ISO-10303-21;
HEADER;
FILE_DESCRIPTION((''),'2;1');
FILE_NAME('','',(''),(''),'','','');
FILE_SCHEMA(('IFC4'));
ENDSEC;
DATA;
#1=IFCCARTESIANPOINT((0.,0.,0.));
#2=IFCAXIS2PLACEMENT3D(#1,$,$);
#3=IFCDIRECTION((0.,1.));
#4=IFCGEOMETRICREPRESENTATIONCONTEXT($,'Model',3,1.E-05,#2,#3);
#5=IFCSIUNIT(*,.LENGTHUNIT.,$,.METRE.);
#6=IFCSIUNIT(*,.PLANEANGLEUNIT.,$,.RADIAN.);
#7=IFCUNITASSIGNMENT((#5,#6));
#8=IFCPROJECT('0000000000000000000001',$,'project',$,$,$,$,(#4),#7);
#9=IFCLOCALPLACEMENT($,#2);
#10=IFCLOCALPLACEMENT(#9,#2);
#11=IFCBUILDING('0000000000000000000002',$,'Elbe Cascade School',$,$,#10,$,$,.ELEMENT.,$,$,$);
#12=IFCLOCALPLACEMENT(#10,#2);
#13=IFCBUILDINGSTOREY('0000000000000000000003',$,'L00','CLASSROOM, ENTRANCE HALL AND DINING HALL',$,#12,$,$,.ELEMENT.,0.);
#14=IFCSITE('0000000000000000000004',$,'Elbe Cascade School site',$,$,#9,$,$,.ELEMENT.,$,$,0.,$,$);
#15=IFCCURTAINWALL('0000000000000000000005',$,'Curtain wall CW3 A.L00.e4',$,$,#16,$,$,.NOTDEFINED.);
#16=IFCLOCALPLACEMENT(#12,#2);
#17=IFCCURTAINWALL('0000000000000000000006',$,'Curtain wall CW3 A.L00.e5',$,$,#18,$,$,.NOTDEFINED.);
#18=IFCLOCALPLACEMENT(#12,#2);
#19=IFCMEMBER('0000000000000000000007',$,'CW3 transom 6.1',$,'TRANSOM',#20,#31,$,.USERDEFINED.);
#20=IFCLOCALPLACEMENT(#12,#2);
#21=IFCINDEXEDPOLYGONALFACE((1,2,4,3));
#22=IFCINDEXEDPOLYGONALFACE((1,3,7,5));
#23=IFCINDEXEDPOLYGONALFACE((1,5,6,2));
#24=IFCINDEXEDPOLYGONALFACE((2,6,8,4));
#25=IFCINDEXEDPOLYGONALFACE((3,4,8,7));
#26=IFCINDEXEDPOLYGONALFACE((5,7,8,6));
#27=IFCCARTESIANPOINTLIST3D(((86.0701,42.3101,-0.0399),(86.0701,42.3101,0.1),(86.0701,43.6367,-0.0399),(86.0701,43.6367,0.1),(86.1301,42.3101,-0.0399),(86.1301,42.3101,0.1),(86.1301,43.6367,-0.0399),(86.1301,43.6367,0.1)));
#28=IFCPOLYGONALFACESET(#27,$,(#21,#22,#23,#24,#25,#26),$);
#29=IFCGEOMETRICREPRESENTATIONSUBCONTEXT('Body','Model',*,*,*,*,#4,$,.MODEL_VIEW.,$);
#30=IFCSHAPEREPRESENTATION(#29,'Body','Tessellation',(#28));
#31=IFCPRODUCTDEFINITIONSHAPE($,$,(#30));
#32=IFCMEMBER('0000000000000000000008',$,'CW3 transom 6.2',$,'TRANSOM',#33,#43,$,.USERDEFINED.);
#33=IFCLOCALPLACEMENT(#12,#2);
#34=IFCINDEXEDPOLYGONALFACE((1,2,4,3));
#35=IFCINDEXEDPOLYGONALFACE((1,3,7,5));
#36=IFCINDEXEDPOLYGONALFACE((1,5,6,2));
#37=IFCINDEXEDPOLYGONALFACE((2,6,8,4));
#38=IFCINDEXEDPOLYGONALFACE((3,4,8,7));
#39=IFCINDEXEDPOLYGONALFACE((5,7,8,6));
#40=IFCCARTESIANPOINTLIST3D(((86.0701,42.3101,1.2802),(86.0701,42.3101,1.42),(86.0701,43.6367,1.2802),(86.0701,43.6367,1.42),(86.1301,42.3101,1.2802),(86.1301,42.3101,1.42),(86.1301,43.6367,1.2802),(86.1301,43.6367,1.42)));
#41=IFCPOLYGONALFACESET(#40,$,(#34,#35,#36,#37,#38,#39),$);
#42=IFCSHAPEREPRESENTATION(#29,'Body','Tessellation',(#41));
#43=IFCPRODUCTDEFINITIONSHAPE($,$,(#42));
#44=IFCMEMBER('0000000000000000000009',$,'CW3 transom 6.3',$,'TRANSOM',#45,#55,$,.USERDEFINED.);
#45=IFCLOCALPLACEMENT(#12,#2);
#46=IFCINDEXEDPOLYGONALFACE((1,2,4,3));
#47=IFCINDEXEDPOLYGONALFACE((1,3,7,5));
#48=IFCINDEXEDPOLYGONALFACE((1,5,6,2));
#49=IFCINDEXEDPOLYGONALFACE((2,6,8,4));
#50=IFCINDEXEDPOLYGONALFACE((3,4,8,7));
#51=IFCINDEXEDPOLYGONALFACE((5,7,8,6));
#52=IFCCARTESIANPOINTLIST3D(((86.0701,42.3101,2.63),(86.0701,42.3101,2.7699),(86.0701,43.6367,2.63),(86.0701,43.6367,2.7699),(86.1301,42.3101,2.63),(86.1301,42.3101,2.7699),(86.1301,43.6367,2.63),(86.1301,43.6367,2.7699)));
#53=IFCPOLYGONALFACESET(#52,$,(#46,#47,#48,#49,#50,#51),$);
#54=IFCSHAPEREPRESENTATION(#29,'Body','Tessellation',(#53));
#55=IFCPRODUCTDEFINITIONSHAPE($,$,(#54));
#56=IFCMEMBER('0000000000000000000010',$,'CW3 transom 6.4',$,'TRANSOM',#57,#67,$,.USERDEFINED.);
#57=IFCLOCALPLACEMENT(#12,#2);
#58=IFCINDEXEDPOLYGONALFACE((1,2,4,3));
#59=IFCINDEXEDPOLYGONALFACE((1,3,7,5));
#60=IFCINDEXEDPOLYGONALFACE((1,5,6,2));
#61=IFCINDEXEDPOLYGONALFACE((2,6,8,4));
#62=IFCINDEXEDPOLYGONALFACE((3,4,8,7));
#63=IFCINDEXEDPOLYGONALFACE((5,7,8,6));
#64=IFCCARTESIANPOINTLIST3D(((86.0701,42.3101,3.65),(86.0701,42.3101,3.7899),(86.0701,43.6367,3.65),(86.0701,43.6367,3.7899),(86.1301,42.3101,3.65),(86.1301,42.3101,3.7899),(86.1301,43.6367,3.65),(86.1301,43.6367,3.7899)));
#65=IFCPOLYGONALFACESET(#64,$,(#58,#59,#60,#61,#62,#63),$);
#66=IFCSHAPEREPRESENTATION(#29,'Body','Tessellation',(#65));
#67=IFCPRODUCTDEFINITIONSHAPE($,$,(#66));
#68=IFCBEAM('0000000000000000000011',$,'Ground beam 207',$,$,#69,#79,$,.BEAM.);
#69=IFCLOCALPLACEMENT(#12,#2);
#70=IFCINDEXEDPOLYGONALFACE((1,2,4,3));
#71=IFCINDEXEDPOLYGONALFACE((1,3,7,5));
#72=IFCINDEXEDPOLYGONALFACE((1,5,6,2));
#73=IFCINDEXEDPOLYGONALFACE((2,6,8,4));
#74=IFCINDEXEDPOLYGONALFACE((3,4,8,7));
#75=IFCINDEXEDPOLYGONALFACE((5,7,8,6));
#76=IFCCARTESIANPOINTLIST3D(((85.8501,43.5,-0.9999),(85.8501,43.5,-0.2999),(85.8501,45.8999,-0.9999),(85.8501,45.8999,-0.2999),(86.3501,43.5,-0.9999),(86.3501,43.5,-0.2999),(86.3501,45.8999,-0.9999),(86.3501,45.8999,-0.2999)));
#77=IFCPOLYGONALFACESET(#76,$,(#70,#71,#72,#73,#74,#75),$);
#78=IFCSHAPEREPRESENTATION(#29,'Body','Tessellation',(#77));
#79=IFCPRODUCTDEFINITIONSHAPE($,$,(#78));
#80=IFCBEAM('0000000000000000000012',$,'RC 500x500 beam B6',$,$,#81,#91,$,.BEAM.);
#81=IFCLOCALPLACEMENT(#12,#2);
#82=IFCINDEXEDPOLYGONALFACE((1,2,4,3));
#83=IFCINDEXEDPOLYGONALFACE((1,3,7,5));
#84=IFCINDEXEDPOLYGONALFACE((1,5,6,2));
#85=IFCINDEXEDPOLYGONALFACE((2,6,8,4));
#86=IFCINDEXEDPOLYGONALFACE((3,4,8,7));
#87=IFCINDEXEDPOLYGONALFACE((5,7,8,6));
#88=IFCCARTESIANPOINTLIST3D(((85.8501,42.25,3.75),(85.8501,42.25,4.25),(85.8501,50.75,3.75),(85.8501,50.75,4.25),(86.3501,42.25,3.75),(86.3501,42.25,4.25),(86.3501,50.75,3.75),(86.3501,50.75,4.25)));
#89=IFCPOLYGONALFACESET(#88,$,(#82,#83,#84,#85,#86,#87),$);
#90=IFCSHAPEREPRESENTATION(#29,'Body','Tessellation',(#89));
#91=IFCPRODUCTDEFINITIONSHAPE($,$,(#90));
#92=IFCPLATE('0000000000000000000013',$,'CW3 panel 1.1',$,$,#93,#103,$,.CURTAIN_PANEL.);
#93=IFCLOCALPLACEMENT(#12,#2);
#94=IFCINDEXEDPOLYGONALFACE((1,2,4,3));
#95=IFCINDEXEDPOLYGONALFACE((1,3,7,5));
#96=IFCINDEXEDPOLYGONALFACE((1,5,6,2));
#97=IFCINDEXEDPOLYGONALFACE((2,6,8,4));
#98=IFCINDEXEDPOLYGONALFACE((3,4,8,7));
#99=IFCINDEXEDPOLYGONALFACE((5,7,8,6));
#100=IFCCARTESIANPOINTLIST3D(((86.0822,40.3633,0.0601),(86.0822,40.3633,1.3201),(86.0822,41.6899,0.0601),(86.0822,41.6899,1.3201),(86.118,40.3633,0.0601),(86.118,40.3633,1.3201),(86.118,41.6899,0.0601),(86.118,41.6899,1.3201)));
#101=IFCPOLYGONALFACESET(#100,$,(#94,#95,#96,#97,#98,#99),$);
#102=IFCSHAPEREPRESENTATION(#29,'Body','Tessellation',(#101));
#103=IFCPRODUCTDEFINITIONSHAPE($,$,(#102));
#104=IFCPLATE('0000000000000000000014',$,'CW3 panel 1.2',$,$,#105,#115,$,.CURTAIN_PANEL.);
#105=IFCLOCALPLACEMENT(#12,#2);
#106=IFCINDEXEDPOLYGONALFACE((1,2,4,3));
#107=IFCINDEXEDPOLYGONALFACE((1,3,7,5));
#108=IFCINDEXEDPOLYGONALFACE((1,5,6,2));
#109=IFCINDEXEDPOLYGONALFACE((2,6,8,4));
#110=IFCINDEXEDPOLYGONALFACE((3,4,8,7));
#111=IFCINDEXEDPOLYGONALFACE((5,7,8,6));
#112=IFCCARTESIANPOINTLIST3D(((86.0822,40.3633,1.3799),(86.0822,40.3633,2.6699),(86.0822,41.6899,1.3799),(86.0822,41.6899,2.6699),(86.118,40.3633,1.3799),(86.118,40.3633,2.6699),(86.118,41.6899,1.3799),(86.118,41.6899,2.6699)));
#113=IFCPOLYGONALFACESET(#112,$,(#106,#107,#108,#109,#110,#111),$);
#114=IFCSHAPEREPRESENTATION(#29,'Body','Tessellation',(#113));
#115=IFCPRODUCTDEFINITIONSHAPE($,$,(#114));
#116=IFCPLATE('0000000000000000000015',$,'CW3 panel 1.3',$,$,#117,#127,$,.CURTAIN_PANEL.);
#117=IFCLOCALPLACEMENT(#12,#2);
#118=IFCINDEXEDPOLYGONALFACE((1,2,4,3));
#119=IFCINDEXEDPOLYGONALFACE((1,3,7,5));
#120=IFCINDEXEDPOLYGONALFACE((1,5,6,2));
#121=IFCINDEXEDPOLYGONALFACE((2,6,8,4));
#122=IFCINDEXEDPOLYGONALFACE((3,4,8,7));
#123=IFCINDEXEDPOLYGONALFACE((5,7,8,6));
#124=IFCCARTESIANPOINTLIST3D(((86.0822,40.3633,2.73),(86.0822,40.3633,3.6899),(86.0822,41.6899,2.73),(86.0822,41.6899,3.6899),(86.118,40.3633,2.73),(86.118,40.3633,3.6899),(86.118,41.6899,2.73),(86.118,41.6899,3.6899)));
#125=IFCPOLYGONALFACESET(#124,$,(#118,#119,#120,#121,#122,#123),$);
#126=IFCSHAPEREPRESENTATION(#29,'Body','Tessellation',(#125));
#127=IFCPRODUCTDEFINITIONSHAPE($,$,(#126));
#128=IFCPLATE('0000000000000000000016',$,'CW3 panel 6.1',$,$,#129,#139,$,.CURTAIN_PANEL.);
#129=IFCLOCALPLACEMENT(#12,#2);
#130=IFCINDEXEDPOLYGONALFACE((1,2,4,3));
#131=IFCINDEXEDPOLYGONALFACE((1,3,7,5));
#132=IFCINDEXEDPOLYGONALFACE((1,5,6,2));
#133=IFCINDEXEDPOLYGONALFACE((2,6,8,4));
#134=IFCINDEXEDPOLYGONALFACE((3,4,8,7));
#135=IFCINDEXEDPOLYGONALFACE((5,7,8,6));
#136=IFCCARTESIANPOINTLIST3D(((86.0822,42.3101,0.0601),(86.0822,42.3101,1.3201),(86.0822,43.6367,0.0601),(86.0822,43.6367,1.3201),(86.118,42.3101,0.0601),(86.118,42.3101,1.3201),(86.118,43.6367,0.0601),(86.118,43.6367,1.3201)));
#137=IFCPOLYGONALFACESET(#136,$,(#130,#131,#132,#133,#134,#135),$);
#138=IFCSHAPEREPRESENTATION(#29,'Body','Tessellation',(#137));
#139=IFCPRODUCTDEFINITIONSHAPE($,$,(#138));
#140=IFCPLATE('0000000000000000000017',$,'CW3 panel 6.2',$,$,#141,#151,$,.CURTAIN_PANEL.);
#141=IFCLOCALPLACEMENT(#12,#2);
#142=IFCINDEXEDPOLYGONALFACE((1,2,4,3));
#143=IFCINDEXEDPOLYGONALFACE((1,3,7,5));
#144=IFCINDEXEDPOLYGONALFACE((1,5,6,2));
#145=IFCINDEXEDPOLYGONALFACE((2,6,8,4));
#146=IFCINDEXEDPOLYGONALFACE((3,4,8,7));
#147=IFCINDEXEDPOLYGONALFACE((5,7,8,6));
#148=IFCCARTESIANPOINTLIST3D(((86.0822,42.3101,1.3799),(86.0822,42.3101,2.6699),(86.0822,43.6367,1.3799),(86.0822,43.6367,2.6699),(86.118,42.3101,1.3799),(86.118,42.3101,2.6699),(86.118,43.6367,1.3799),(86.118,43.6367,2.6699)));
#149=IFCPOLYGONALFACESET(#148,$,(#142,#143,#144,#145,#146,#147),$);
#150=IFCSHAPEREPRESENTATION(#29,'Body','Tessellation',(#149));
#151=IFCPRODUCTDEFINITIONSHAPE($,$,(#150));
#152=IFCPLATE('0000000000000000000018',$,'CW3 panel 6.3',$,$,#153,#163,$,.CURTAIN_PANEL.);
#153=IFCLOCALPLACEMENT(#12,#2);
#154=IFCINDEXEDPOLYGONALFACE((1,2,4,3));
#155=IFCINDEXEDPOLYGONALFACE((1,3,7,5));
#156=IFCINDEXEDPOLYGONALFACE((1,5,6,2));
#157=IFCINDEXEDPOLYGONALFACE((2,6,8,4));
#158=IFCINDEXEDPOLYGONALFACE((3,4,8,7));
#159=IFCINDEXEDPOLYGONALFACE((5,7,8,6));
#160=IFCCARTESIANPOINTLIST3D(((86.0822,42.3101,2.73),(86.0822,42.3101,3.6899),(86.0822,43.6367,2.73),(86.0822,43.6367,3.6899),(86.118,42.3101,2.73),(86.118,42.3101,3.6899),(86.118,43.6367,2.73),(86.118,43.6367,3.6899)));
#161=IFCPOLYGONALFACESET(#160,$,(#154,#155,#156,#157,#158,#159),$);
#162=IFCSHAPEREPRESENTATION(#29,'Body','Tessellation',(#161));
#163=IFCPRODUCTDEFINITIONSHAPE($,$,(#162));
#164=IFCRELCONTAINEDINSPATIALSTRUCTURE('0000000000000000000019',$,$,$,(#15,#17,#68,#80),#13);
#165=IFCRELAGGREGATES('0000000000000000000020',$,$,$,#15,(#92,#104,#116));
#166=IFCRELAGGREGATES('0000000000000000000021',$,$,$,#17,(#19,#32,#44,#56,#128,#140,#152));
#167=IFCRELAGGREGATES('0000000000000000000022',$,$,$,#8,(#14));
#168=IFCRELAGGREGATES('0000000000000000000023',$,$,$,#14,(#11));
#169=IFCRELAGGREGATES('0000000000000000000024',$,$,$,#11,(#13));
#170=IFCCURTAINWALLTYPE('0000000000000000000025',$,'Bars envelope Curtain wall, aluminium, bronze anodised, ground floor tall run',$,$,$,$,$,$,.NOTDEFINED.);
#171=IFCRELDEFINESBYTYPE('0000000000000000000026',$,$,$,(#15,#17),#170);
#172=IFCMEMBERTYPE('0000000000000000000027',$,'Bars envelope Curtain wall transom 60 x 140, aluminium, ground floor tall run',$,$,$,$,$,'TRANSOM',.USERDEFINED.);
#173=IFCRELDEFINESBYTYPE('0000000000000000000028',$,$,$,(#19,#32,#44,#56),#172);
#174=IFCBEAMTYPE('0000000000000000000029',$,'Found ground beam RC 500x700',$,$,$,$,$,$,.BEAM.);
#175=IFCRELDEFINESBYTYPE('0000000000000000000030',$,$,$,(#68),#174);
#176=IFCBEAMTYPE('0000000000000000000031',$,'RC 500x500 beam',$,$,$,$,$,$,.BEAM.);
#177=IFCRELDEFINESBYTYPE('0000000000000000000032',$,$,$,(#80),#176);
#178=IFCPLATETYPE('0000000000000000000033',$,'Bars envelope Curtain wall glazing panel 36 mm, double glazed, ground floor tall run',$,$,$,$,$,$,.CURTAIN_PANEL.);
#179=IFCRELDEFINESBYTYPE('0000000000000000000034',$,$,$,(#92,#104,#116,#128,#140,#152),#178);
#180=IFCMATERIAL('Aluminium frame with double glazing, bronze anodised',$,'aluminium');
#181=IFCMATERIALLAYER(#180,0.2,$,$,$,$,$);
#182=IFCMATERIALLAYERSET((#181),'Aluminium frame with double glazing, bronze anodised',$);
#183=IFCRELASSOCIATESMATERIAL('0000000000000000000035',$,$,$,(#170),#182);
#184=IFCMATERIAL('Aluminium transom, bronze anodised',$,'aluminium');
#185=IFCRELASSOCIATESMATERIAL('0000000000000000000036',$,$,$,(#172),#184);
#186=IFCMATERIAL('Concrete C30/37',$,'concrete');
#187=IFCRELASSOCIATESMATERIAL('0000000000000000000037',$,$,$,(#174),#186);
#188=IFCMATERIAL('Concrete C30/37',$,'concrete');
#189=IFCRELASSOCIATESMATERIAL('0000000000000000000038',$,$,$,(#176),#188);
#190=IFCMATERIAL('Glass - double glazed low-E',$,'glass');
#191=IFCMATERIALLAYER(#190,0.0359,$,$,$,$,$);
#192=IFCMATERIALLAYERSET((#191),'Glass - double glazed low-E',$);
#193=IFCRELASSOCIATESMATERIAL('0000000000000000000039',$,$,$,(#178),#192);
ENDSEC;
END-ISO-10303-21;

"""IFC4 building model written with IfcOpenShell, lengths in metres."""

from ifc_helpers import new_model, si_unit, direction, frame, origin, origin_2d, place, context, subcontext, project, spatial, rectangle, extrude, material, layer, layer_set, material_profile, profile_set, type_object, element, aggregate, save


model = new_model("IFC4")

# Units and contexts
model_context = context("Model", 3, precision=1e-05, world=origin(), true_north=direction((0.0, 1.0)))
body_context = subcontext(model_context, "Body", "Model", "MODEL_VIEW")
ifc_project = project(units=[si_unit("LENGTHUNIT", "METRE"), si_unit("PLANEANGLEUNIT", "RADIAN")], contexts=[model_context])

# Site, building, storey
site_placement = place(None, origin())
site = spatial("IfcSite", under=ifc_project, at=site_placement, Name="Elbe Cascade School site", CompositionType="ELEMENT", RefElevation=0.0)
building_placement = place(site_placement, origin())
building = spatial("IfcBuilding", under=site, at=building_placement, Name="Elbe Cascade School", CompositionType="ELEMENT")
storey_placement = place(building_placement, origin())
storey = spatial("IfcBuildingStorey", under=building, at=storey_placement, Name="L00", Description="CLASSROOM, ENTRANCE HALL AND DINING HALL", CompositionType="ELEMENT", Elevation=0.0)

# Curtain wall
ifc_material_1 = material(Name="Aluminium frame with double glazing, bronze anodised", Category="aluminium")
ifc_layer_1 = layer(ifc_material_1, 0.2)
ifc_layer_set_1 = layer_set([ifc_layer_1], Name="Aluminium frame with double glazing, bronze anodised")
curtain_wall_type = type_object("IfcCurtainWallType", Name="Bars envelope Curtain wall, aluminium, bronze anodised, ground floor tall run", PredefinedType="NOTDEFINED", material=ifc_layer_set_1)
curtain_wall_1_placement = place(storey_placement, origin())
curtain_wall_1 = element("IfcCurtainWall", 1, at=curtain_wall_1_placement, inside=storey, type_object=curtain_wall_type, Name="Curtain wall CW3 A.L00.e4", PredefinedType="NOTDEFINED")

# Curtain wall
curtain_wall_2_placement = place(storey_placement, origin())
curtain_wall_2 = element("IfcCurtainWall", 2, at=curtain_wall_2_placement, inside=storey, type_object=curtain_wall_type, Name="Curtain wall CW3 A.L00.e5", PredefinedType="NOTDEFINED")

# Members
ifc_material_2 = material(Name="Aluminium transom, bronze anodised", Category="aluminium")
ifc_material_profile_1 = material_profile(ifc_material_2, rectangle(XDim=0.0601, YDim=0.1399, at=origin_2d()), Name="Bars envelope Curtain wall transom 60 x 140, aluminium, ground floor tall run")
ifc_profile_set_1 = profile_set([ifc_material_profile_1], Name="Aluminium transom, bronze anodised")
member_type_1 = type_object("IfcMemberType", Name="Bars envelope Curtain wall transom 60 x 140, aluminium, ground floor tall run", ElementType="TRANSOM", PredefinedType="USERDEFINED", material=ifc_profile_set_1)
member_1_placement = place(storey_placement, frame((86.1001, 43.6367, 0.03), z_axis=(0.0, -1.0, 0.0), x_axis=(1.0, 0.0, 0.0)))
member_1 = element("IfcMember", 3, at=member_1_placement, type_object=member_type_1, Name="CW3 transom 6.1", ObjectType="TRANSOM", PredefinedType="USERDEFINED", context=body_context, shape_type="SweptSolid", body=[
    extrude(rectangle(XDim=0.0601, YDim=0.1399, at=origin_2d()), origin(), (0.0, 0.0, 1.0), 1.3267),
])
member_2_placement = place(storey_placement, frame((86.1001, 43.6367, 1.3501), z_axis=(0.0, -1.0, 0.0), x_axis=(1.0, 0.0, 0.0)))
member_2 = element("IfcMember", 4, at=member_2_placement, type_object=member_type_1, Name="CW3 transom 6.2", ObjectType="TRANSOM", PredefinedType="USERDEFINED", context=body_context, shape_type="SweptSolid", body=[
    extrude(rectangle(XDim=0.0601, YDim=0.1399, at=origin_2d()), origin(), (0.0, 0.0, 1.0), 1.3267),
])
member_3_placement = place(storey_placement, frame((86.1001, 43.6367, 2.7), z_axis=(0.0, -1.0, 0.0), x_axis=(1.0, 0.0, 0.0)))
member_3 = element("IfcMember", 5, at=member_3_placement, type_object=member_type_1, Name="CW3 transom 6.3", ObjectType="TRANSOM", PredefinedType="USERDEFINED", context=body_context, shape_type="SweptSolid", body=[
    extrude(rectangle(XDim=0.0601, YDim=0.1399, at=origin_2d()), origin(), (0.0, 0.0, 1.0), 1.3267),
])
member_4_placement = place(storey_placement, frame((86.1001, 43.6367, 3.72), z_axis=(0.0, -1.0, 0.0), x_axis=(1.0, 0.0, 0.0)))
member_4 = element("IfcMember", 6, at=member_4_placement, type_object=member_type_1, Name="CW3 transom 6.4", ObjectType="TRANSOM", PredefinedType="USERDEFINED", context=body_context, shape_type="SweptSolid", body=[
    extrude(rectangle(XDim=0.0601, YDim=0.1399, at=origin_2d()), origin(), (0.0, 0.0, 1.0), 1.3267),
])

# Beams
ifc_material_3 = material(Name="Concrete C30/37", Category="concrete")
ifc_material_profile_2 = material_profile(ifc_material_3, rectangle(XDim=0.5, YDim=0.7, at=origin_2d()), Name="RC 500x700")
ifc_profile_set_2 = profile_set([ifc_material_profile_2], Name="Concrete C30/37")
beam_type_1 = type_object("IfcBeamType", Name="Found ground beam RC 500x700", PredefinedType="BEAM", material=ifc_profile_set_2)
beam_1_placement = place(storey_placement, frame((86.1001, 43.5, -0.6499), z_axis=(0.0, 1.0, 0.0), x_axis=(-1.0, 0.0, 0.0)))
element("IfcBeam", 7, at=beam_1_placement, inside=storey, type_object=beam_type_1, Name="Ground beam 207", PredefinedType="BEAM", context=body_context, shape_type="SweptSolid", body=[
    extrude(rectangle(XDim=0.5, YDim=0.7, at=origin_2d()), origin(), (0.0, 0.0, 1.0), 2.3999),
])
ifc_material_4 = material(Name="Concrete C30/37", Category="concrete")
ifc_material_profile_3 = material_profile(ifc_material_4, rectangle(XDim=0.5, YDim=0.5, at=origin_2d()), Name="RC 500x500")
ifc_profile_set_3 = profile_set([ifc_material_profile_3], Name="Concrete C30/37")
beam_type_2 = type_object("IfcBeamType", Name="RC 500x500 beam", PredefinedType="BEAM", material=ifc_profile_set_3)
beam_2_placement = place(storey_placement, frame((86.1001, 42.25, 4.0), z_axis=(0.0, 1.0, 0.0), x_axis=(-1.0, 0.0, 0.0)))
element("IfcBeam", 8, at=beam_2_placement, inside=storey, type_object=beam_type_2, Name="RC 500x500 beam B6", PredefinedType="BEAM", context=body_context, shape_type="SweptSolid", body=[
    extrude(rectangle(XDim=0.5, YDim=0.5, at=origin_2d()), origin(), (0.0, 0.0, 1.0), 8.5),
])

# Plates
ifc_material_5 = material(Name="Glass - double glazed low-E", Category="glass")
ifc_layer_2 = layer(ifc_material_5, 0.0359)
ifc_layer_set_2 = layer_set([ifc_layer_2], Name="Glass - double glazed low-E")
plate_type = type_object("IfcPlateType", Name="Bars envelope Curtain wall glazing panel 36 mm, double glazed, ground floor tall run", PredefinedType="CURTAIN_PANEL", material=ifc_layer_set_2)
plate_1_placement = place(storey_placement, frame((86.1001, 41.0266, 0.0601), z_axis=(0.0, 0.0, 1.0), x_axis=(0.0, -1.0, 0.0)))
plate_1 = element("IfcPlate", 9, at=plate_1_placement, type_object=plate_type, Name="CW3 panel 1.1", PredefinedType="CURTAIN_PANEL", context=body_context, shape_type="SweptSolid", body=[
    extrude(rectangle(XDim=1.3267, YDim=0.0359, at=origin_2d()), origin(), (0.0, 0.0, 1.0), 1.26),
])
plate_2_placement = place(storey_placement, frame((86.1001, 41.0266, 1.3799), z_axis=(0.0, 0.0, 1.0), x_axis=(0.0, -1.0, 0.0)))
plate_2 = element("IfcPlate", 10, at=plate_2_placement, type_object=plate_type, Name="CW3 panel 1.2", PredefinedType="CURTAIN_PANEL", context=body_context, shape_type="SweptSolid", body=[
    extrude(rectangle(XDim=1.3267, YDim=0.0359, at=origin_2d()), origin(), (0.0, 0.0, 1.0), 1.29),
])
plate_3_placement = place(storey_placement, frame((86.1001, 41.0266, 2.73), z_axis=(0.0, 0.0, 1.0), x_axis=(0.0, -1.0, 0.0)))
plate_3 = element("IfcPlate", 11, at=plate_3_placement, type_object=plate_type, Name="CW3 panel 1.3", PredefinedType="CURTAIN_PANEL", context=body_context, shape_type="SweptSolid", body=[
    extrude(rectangle(XDim=1.3267, YDim=0.0359, at=origin_2d()), origin(), (0.0, 0.0, 1.0), 0.96),
])
aggregate(curtain_wall_1, [plate_1, plate_2, plate_3])
plate_4_placement = place(storey_placement, frame((86.1001, 42.9734, 0.0601), z_axis=(0.0, 0.0, 1.0), x_axis=(0.0, -1.0, 0.0)))
plate_4 = element("IfcPlate", 12, at=plate_4_placement, type_object=plate_type, Name="CW3 panel 6.1", PredefinedType="CURTAIN_PANEL", context=body_context, shape_type="SweptSolid", body=[
    extrude(rectangle(XDim=1.3267, YDim=0.0359, at=origin_2d()), origin(), (0.0, 0.0, 1.0), 1.26),
])
plate_5_placement = place(storey_placement, frame((86.1001, 42.9734, 1.3799), z_axis=(0.0, 0.0, 1.0), x_axis=(0.0, -1.0, 0.0)))
plate_5 = element("IfcPlate", 13, at=plate_5_placement, type_object=plate_type, Name="CW3 panel 6.2", PredefinedType="CURTAIN_PANEL", context=body_context, shape_type="SweptSolid", body=[
    extrude(rectangle(XDim=1.3267, YDim=0.0359, at=origin_2d()), origin(), (0.0, 0.0, 1.0), 1.29),
])
plate_6_placement = place(storey_placement, frame((86.1001, 42.9734, 2.73), z_axis=(0.0, 0.0, 1.0), x_axis=(0.0, -1.0, 0.0)))
plate_6 = element("IfcPlate", 14, at=plate_6_placement, type_object=plate_type, Name="CW3 panel 6.3", PredefinedType="CURTAIN_PANEL", context=body_context, shape_type="SweptSolid", body=[
    extrude(rectangle(XDim=1.3267, YDim=0.0359, at=origin_2d()), origin(), (0.0, 0.0, 1.0), 0.96),
])
aggregate(curtain_wall_2, [member_1, member_2, member_3, member_4, plate_4, plate_5, plate_6])

save(model, "model.ifc")
